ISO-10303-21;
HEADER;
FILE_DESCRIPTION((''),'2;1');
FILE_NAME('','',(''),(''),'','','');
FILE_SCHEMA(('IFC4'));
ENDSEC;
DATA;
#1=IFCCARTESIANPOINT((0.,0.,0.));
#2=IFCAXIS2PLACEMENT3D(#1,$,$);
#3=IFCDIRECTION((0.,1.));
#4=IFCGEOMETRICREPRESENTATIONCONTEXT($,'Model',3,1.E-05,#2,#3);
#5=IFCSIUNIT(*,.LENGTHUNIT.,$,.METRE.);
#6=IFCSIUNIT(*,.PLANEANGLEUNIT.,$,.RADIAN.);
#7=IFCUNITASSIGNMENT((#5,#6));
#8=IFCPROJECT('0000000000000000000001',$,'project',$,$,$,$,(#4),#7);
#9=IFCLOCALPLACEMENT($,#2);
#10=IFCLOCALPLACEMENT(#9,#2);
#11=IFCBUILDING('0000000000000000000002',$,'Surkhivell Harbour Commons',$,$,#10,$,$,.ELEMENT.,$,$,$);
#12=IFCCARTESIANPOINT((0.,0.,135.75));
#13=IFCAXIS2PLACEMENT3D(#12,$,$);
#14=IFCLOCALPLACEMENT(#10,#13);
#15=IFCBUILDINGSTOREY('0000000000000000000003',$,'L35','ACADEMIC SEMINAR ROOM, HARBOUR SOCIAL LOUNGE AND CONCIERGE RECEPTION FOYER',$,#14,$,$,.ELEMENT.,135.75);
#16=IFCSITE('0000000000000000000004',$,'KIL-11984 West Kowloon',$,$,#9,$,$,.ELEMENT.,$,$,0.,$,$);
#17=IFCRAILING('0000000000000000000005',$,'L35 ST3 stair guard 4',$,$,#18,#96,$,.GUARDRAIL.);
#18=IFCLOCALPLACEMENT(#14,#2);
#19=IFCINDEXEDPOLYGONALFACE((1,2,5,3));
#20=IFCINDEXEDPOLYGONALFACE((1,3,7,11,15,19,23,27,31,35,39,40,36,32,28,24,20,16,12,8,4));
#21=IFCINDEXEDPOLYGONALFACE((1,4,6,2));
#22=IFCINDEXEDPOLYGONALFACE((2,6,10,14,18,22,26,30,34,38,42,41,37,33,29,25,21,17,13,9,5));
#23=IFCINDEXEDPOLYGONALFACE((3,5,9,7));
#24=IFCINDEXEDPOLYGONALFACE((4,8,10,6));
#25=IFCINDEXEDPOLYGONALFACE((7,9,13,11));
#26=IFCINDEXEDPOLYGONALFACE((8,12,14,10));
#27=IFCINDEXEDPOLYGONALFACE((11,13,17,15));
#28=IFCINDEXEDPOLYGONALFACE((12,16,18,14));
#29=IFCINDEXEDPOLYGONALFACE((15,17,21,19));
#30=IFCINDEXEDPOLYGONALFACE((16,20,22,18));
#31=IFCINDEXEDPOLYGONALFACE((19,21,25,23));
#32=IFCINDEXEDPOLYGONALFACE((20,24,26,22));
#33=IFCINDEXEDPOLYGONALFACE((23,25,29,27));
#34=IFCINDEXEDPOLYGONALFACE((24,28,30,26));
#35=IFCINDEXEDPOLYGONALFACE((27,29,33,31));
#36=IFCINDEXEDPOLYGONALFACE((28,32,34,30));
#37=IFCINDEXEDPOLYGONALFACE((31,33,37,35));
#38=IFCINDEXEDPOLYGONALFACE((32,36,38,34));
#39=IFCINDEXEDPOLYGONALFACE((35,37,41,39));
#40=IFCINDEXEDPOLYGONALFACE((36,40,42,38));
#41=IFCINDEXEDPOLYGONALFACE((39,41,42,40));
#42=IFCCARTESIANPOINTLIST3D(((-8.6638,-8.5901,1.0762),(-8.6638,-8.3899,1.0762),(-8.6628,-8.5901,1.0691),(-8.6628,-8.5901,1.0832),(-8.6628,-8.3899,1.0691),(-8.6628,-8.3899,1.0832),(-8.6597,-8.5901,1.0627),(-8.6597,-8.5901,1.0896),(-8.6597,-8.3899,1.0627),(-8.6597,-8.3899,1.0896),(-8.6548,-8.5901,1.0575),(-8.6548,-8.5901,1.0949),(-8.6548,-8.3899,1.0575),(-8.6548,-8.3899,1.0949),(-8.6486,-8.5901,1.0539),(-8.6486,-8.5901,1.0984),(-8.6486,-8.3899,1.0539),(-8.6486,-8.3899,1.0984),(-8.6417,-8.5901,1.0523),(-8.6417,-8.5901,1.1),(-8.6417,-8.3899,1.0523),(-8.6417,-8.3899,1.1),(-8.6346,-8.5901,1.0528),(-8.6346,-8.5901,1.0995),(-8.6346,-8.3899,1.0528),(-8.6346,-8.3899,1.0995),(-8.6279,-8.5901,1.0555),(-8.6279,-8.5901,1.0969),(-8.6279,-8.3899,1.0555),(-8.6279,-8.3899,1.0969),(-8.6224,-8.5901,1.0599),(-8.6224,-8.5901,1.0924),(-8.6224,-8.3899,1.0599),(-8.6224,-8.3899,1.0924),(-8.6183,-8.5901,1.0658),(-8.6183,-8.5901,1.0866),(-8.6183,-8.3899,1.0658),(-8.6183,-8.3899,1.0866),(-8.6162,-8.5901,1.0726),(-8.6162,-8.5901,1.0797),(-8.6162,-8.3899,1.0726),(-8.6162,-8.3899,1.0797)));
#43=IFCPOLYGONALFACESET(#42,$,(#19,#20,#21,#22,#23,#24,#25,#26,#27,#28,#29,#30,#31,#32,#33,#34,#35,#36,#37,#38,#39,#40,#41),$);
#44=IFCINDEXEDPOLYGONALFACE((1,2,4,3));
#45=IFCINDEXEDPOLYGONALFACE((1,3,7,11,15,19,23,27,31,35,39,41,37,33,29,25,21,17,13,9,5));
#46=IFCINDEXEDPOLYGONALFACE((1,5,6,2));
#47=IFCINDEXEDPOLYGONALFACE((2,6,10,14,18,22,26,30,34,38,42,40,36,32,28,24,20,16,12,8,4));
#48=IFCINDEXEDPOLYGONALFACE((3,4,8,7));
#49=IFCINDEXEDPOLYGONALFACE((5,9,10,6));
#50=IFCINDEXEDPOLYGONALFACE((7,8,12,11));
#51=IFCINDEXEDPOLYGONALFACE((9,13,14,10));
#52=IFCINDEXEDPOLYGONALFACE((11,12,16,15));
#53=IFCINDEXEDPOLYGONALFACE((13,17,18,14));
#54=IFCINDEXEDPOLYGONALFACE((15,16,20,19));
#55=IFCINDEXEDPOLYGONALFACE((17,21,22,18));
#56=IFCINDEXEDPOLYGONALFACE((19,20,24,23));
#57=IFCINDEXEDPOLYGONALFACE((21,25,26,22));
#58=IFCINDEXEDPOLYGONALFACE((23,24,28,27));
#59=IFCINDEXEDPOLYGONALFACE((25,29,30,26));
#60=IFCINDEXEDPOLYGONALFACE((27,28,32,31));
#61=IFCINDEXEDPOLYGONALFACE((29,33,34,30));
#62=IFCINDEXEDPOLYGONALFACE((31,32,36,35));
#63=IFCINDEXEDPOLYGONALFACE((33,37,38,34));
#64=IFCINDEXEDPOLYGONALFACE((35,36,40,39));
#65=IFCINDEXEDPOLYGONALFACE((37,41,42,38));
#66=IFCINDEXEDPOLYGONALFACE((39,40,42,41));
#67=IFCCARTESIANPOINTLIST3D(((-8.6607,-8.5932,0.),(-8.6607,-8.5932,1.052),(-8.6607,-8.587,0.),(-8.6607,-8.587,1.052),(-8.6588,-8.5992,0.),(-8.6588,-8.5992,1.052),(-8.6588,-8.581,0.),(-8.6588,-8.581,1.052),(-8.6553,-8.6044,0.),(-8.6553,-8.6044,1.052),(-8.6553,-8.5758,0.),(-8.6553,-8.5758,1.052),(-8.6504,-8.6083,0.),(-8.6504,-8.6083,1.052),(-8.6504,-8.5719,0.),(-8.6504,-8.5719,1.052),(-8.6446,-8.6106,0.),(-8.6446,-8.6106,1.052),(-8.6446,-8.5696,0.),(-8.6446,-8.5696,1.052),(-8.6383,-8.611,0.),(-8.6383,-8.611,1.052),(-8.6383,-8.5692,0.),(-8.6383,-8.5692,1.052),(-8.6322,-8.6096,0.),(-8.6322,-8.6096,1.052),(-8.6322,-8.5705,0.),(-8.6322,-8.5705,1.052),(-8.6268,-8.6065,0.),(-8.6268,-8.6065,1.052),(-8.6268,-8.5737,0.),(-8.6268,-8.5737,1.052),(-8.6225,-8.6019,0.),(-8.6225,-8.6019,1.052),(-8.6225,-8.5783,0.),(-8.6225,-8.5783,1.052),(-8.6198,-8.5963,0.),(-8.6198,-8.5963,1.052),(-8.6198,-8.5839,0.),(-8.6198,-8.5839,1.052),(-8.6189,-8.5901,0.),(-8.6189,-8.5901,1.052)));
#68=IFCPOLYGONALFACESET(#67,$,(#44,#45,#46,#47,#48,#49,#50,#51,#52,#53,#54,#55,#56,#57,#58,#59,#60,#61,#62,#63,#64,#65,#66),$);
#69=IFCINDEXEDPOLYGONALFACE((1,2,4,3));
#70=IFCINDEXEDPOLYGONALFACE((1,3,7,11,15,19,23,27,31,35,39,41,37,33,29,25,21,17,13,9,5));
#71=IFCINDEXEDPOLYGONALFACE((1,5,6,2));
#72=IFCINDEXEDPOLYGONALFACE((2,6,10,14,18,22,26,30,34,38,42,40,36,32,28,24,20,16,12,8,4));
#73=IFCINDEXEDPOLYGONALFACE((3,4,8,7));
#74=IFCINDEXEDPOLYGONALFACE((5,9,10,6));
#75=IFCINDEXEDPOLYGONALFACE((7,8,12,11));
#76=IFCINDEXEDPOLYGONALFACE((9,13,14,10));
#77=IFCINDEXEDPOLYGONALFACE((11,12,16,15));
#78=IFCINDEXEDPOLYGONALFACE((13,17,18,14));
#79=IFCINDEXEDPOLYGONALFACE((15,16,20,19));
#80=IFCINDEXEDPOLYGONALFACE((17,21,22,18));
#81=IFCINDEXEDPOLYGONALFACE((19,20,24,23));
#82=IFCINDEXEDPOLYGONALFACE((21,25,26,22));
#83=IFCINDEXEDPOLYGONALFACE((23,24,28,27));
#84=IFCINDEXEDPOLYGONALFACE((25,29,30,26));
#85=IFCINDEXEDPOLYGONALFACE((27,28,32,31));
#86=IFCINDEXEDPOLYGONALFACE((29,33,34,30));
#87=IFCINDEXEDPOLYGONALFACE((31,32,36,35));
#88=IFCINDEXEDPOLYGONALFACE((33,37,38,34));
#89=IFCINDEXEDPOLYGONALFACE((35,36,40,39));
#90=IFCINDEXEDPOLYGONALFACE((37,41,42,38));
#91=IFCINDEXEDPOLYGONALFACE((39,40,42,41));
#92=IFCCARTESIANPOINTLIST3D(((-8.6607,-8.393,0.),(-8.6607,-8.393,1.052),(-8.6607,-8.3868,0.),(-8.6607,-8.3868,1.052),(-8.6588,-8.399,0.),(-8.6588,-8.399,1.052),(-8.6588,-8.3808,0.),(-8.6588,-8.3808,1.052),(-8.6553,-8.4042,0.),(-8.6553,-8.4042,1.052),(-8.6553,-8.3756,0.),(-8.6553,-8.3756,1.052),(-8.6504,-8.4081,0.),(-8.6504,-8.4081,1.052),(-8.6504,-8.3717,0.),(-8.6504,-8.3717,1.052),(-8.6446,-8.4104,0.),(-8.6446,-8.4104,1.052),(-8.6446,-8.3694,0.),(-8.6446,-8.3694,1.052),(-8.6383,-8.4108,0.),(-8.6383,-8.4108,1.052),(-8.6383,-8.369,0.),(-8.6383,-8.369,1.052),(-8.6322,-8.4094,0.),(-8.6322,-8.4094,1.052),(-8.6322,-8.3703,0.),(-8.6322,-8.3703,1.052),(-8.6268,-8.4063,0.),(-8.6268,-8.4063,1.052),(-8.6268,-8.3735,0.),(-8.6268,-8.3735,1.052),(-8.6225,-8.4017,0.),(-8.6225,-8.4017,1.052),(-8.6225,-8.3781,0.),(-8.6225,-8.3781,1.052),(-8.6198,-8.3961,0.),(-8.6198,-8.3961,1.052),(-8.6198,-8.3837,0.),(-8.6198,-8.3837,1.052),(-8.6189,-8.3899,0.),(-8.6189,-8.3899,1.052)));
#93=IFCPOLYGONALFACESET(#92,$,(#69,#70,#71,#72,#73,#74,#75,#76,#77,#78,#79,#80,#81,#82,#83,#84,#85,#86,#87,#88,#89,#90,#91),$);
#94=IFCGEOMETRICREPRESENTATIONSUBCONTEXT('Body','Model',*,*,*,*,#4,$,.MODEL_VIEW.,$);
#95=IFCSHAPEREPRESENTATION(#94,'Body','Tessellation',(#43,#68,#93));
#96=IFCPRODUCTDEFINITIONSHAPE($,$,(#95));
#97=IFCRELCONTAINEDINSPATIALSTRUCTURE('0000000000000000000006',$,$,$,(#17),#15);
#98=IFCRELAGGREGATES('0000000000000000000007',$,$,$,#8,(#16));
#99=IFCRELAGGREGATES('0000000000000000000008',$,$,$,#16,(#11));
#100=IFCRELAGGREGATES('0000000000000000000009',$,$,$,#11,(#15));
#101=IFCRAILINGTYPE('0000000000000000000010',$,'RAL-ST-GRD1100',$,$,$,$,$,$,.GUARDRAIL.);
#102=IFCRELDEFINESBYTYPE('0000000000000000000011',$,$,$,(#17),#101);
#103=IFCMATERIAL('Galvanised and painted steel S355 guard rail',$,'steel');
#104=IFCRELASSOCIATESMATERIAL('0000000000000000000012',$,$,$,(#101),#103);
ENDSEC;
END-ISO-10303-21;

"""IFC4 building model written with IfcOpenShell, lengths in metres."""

from ifc_helpers import new_model, si_unit, direction, frame, origin, origin_2d, place, context, subcontext, project, spatial, circle, extrude, material, type_object, element, save


model = new_model("IFC4")

# Units and contexts
model_context = context("Model", 3, precision=1e-05, world=origin(), true_north=direction((0.0, 1.0)))
body_context = subcontext(model_context, "Body", "Model", "MODEL_VIEW")
ifc_project = project(units=[si_unit("LENGTHUNIT", "METRE"), si_unit("PLANEANGLEUNIT", "RADIAN")], contexts=[model_context])

# Site, building, storey
site_placement = place(None, origin())
site = spatial("IfcSite", under=ifc_project, at=site_placement, Name="KIL-11984 West Kowloon", CompositionType="ELEMENT", RefElevation=0.0)
building_placement = place(site_placement, origin())
building = spatial("IfcBuilding", under=site, at=building_placement, Name="Surkhivell Harbour Commons", CompositionType="ELEMENT")
storey_placement = place(building_placement, frame((0.0, 0.0, 135.75)))
storey = spatial("IfcBuildingStorey", under=building, at=storey_placement, Name="L35", Description="ACADEMIC SEMINAR ROOM, HARBOUR SOCIAL LOUNGE AND CONCIERGE RECEPTION FOYER", CompositionType="ELEMENT", Elevation=135.75)

# Railing
ifc_material_1 = material(Name="Galvanised and painted steel S355 guard rail", Category="steel")
railing_type_1 = type_object("IfcRailingType", Name="RAL-ST-GRD1100", PredefinedType="GUARDRAIL", material=ifc_material_1)
railing_1_placement = place(storey_placement, frame((-8.6399, -8.5901, 0.0)))
element("IfcRailing", 1, at=railing_1_placement, inside=storey, type_object=railing_type_1, Name="L35 ST3 stair guard 4", PredefinedType="GUARDRAIL", context=body_context, shape_type="SweptSolid", body=[
    extrude(circle(Radius=0.0239, at=origin_2d()), frame((0.0, 0.0, 1.0762), z_axis=(0.0, 1.0, 0.0), x_axis=(-1.0, 0.0, 0.0)), (0.0, 0.0, 1.0), 0.2002),
    extrude(circle(Radius=0.021, at=origin_2d()), origin(), (0.0, 0.0, 1.0), 1.052),
    extrude(circle(Radius=0.021, at=origin_2d()), frame((0.0, 0.2002, 0.0)), (0.0, 0.0, 1.0), 1.052),
])

save(model, "model.ifc")
